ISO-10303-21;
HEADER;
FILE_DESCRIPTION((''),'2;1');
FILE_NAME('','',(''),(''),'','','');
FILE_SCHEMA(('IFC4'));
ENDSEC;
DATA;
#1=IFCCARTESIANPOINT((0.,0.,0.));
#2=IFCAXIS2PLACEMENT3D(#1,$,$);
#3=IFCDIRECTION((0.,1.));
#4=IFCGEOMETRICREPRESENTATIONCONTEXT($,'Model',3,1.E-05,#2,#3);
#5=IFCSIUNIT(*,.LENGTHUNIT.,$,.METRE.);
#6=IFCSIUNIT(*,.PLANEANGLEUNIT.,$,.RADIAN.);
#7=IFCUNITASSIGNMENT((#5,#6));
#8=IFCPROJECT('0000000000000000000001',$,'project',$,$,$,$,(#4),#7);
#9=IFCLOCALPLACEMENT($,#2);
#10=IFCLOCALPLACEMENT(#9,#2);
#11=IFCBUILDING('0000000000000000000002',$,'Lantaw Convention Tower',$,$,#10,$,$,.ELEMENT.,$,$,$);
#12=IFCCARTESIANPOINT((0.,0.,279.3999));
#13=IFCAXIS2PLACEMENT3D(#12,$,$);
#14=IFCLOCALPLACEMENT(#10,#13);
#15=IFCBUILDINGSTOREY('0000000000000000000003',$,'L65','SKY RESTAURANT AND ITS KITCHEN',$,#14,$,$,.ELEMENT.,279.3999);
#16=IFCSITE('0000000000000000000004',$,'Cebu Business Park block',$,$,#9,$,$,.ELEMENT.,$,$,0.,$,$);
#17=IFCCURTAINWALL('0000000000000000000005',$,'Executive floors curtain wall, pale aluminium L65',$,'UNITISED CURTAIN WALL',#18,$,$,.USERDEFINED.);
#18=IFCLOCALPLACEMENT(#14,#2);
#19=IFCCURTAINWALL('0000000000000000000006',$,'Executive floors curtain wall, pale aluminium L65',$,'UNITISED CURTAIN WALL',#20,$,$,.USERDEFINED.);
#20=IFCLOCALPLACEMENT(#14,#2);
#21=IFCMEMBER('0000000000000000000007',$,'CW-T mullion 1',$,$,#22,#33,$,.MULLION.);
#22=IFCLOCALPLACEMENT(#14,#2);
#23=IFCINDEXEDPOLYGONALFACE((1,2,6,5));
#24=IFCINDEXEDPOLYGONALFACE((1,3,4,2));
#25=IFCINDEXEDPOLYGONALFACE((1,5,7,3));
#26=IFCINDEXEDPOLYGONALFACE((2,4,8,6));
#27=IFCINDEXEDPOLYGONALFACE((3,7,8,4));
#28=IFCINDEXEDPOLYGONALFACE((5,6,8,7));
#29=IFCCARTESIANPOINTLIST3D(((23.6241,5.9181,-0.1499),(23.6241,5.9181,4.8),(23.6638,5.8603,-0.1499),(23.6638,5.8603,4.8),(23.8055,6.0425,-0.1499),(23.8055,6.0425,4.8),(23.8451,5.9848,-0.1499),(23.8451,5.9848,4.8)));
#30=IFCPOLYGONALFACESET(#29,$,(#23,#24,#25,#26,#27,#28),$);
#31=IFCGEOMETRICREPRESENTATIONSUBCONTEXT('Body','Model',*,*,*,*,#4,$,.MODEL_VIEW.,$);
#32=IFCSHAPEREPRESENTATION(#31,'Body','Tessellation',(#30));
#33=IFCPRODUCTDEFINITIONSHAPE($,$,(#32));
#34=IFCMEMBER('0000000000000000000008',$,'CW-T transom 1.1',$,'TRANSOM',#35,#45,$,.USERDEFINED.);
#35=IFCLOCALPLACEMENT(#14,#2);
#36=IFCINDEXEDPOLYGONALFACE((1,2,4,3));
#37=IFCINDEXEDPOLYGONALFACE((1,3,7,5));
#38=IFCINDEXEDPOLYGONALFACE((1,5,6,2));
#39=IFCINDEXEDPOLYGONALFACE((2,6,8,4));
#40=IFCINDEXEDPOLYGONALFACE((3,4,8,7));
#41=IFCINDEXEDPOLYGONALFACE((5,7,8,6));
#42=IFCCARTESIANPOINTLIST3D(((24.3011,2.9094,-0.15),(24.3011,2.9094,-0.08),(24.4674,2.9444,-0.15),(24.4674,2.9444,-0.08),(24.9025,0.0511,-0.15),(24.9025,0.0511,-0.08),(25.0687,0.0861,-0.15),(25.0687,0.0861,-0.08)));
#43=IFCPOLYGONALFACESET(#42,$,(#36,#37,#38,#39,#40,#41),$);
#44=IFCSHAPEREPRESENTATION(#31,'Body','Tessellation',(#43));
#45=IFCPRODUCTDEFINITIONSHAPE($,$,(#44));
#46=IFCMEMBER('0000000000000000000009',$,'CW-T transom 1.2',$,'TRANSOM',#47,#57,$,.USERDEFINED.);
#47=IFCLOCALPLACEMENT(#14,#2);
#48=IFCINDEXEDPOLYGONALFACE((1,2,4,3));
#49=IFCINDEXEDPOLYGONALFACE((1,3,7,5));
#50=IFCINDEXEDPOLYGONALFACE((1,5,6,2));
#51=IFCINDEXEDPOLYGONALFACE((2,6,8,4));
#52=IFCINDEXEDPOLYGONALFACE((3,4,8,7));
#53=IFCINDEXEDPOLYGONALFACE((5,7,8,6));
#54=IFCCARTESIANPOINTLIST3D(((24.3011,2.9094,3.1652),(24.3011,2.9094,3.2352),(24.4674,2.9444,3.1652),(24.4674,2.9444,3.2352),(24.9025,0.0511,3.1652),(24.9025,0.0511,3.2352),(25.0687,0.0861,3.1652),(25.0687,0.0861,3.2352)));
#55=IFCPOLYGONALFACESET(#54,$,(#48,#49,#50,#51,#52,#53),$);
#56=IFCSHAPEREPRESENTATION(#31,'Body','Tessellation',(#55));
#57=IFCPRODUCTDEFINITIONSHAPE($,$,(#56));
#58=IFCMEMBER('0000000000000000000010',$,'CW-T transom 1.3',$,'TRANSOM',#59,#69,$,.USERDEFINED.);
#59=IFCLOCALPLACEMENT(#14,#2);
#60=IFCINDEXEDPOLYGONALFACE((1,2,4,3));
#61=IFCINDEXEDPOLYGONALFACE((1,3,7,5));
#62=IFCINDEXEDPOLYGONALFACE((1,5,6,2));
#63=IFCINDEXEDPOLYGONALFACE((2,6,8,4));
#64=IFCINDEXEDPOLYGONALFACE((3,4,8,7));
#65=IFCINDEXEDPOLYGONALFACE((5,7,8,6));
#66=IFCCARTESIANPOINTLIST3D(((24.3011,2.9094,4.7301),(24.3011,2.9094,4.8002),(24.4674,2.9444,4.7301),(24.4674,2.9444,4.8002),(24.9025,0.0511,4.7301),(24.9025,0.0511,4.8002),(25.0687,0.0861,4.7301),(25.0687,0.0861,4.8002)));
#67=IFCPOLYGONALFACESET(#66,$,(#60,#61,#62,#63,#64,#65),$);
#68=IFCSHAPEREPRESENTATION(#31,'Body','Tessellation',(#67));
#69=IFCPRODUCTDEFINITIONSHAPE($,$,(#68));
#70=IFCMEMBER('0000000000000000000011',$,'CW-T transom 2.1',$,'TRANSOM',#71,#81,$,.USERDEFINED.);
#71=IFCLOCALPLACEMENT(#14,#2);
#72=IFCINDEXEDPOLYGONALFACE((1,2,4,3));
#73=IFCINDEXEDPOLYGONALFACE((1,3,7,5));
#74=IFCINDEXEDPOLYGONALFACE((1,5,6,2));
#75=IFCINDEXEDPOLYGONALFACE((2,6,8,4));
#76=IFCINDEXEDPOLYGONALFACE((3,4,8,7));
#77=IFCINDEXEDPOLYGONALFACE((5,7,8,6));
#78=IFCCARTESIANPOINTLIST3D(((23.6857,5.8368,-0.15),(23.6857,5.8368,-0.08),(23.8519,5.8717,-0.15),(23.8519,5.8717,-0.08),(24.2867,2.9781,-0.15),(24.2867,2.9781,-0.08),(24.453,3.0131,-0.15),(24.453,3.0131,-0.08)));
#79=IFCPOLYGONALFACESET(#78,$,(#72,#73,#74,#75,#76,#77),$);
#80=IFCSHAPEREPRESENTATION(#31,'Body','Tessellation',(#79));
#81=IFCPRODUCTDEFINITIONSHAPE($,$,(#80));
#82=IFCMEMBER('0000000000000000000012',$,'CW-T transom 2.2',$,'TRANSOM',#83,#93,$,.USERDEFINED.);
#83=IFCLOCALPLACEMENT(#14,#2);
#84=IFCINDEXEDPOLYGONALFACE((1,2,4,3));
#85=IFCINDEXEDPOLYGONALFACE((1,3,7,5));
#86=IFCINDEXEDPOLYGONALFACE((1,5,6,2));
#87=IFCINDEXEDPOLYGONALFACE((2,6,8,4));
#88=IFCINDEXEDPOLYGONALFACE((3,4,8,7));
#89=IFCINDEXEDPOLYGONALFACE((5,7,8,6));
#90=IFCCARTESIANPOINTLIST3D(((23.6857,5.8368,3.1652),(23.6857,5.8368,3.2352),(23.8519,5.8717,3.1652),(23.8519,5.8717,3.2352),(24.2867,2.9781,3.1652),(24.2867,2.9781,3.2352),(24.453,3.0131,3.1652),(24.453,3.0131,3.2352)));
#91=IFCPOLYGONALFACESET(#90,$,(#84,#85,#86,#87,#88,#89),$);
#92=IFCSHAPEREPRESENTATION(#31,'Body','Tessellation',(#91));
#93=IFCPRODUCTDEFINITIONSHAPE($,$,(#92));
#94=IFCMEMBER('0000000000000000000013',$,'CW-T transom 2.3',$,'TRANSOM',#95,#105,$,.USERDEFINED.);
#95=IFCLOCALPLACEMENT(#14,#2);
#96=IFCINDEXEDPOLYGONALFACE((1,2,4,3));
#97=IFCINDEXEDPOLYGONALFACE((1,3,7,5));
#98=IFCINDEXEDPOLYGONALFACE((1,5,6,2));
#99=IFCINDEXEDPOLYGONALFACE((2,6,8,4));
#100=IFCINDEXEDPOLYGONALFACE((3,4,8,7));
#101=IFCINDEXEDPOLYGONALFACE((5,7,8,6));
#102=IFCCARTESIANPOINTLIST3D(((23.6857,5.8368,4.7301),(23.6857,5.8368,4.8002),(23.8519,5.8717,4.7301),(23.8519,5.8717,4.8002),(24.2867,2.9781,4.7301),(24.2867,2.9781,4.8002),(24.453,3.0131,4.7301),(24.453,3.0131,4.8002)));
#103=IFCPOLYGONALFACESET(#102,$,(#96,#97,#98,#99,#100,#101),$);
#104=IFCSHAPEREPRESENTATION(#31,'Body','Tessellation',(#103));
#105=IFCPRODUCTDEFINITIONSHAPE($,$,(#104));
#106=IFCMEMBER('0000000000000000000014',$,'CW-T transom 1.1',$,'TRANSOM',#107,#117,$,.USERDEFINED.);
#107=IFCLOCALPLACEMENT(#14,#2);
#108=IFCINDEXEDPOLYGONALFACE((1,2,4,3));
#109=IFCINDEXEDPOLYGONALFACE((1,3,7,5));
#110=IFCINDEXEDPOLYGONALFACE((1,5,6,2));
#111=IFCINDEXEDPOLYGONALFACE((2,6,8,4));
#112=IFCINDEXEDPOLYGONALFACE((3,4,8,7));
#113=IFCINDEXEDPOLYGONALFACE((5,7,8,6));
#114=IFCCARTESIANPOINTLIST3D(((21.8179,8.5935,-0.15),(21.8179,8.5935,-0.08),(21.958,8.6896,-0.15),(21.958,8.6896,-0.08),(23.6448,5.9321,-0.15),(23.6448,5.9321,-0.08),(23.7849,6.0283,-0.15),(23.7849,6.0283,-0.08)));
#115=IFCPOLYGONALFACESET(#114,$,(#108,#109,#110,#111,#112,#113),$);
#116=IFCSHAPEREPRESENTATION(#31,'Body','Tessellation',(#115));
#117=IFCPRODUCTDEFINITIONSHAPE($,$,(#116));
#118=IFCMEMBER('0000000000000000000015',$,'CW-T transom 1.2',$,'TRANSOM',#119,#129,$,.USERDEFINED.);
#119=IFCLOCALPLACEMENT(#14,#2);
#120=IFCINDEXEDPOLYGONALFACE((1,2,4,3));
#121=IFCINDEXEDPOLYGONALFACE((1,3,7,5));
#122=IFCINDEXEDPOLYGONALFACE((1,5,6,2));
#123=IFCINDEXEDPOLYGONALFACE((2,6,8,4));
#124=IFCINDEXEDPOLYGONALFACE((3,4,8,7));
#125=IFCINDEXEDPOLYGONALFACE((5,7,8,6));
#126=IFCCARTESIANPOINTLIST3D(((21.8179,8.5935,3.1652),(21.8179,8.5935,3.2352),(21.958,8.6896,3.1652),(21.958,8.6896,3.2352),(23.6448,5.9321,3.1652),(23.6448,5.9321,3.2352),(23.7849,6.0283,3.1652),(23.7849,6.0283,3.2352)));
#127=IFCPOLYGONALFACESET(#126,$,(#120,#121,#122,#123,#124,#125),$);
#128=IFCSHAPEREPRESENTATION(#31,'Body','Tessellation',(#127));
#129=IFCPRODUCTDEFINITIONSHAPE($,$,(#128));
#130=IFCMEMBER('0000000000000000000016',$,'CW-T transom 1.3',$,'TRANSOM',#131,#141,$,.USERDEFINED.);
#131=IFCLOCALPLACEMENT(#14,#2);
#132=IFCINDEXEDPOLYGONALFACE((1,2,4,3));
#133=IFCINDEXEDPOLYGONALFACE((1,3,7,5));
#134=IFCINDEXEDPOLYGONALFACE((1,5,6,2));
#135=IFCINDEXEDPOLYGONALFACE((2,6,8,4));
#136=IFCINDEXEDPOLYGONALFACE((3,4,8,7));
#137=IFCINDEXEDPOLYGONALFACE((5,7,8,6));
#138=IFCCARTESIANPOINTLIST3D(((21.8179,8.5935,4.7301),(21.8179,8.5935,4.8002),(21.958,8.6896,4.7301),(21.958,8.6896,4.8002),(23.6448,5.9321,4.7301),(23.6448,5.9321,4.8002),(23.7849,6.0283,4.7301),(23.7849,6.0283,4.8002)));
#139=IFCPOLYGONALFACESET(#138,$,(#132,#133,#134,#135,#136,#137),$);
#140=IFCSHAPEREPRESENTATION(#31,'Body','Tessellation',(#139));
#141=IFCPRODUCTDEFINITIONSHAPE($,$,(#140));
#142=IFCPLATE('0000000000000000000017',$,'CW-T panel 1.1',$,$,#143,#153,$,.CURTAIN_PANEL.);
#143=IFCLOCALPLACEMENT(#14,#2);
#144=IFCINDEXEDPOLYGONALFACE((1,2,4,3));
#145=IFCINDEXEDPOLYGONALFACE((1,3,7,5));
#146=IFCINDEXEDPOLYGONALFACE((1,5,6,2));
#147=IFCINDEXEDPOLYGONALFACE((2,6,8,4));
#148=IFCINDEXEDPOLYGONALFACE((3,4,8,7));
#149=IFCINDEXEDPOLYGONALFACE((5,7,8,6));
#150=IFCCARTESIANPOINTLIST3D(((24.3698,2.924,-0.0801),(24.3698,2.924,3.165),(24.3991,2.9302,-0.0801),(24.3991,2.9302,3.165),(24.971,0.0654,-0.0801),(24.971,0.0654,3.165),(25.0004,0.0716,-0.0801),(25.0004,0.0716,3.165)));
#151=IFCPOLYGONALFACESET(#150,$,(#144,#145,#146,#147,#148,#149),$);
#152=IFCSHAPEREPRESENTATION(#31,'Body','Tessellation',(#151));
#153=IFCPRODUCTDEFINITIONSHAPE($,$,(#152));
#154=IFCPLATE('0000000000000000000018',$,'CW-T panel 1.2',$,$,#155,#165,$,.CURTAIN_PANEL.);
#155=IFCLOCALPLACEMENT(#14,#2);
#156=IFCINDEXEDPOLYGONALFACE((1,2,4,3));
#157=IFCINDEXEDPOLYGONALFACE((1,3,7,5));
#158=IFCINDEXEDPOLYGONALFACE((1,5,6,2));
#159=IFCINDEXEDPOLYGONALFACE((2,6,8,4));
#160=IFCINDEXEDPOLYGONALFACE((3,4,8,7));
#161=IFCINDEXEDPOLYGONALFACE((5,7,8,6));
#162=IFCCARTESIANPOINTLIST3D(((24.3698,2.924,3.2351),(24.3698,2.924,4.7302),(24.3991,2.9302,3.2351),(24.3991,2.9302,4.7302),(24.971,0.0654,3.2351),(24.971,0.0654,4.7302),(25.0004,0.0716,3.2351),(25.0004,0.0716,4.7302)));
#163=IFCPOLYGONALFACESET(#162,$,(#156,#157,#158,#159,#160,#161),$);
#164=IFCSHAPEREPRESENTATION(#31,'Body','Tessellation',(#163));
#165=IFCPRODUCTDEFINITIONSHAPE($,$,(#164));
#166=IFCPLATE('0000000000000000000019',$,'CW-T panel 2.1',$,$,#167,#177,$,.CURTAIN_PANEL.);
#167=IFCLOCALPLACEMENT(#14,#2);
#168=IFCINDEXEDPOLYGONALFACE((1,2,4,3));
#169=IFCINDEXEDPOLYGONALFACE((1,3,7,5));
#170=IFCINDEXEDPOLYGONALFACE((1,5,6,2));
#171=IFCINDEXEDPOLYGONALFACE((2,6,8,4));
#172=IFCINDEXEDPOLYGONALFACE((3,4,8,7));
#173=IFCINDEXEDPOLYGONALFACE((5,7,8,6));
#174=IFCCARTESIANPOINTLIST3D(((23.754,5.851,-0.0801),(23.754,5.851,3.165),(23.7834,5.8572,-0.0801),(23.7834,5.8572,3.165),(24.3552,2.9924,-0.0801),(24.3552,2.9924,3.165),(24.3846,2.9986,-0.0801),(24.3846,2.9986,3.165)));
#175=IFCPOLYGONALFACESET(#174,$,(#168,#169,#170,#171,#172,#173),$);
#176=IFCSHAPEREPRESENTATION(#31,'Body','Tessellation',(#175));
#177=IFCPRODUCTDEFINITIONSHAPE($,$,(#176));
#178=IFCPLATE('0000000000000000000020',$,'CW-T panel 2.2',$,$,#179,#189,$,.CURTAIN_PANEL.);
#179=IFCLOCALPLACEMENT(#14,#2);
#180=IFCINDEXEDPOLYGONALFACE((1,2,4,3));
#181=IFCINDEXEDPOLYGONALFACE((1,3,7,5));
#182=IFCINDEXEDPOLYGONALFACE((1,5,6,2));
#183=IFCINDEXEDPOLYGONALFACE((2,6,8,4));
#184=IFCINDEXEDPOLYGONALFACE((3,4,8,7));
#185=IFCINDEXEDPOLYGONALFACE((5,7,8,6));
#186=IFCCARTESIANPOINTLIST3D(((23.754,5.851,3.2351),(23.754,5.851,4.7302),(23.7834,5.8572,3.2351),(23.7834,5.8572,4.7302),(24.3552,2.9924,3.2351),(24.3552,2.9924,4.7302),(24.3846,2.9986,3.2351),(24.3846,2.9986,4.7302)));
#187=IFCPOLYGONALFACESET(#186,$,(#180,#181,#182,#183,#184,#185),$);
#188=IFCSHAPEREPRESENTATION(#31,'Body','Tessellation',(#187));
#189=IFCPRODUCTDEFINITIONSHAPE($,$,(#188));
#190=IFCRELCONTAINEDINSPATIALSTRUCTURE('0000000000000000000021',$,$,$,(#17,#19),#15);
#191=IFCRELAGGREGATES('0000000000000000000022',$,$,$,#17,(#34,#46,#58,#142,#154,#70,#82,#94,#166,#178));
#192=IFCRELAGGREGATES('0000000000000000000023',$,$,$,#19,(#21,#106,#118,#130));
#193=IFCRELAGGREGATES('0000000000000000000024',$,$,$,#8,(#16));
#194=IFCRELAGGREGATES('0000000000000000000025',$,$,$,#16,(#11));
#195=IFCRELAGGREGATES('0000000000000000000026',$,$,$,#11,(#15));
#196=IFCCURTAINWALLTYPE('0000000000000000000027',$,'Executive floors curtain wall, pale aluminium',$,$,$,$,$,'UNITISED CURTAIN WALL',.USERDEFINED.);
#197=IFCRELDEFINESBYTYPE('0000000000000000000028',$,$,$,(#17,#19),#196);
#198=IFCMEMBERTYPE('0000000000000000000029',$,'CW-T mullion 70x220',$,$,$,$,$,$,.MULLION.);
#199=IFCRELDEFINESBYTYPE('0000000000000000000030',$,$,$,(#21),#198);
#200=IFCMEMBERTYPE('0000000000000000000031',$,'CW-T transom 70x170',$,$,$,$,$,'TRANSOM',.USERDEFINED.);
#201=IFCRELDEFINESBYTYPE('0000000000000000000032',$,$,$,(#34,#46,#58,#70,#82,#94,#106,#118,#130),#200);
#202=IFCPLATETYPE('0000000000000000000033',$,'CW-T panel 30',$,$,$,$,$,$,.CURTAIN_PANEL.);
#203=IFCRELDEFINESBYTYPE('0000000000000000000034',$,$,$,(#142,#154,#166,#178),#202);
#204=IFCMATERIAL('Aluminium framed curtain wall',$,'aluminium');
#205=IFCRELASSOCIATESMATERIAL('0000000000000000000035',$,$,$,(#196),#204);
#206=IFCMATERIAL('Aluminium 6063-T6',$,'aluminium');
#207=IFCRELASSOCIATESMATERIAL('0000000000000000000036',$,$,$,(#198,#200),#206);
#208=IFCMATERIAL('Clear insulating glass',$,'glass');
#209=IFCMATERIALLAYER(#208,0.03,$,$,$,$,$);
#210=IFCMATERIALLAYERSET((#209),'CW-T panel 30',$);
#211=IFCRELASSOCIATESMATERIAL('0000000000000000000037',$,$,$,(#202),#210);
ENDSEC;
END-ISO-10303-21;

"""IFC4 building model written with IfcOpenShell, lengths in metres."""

from ifc_helpers import new_model, si_unit, direction, frame, origin, origin_2d, place, context, subcontext, project, spatial, rectangle, extrude, material, layer, layer_set, material_profile, profile_set, type_object, element, aggregate, save


model = new_model("IFC4")

# Units and contexts
model_context = context("Model", 3, precision=1e-05, world=origin(), true_north=direction((0.0, 1.0)))
body_context = subcontext(model_context, "Body", "Model", "MODEL_VIEW")
ifc_project = project(units=[si_unit("LENGTHUNIT", "METRE"), si_unit("PLANEANGLEUNIT", "RADIAN")], contexts=[model_context])

# Site, building, storey
site_placement = place(None, origin())
site = spatial("IfcSite", under=ifc_project, at=site_placement, Name="Cebu Business Park block", CompositionType="ELEMENT", RefElevation=0.0)
building_placement = place(site_placement, origin())
building = spatial("IfcBuilding", under=site, at=building_placement, Name="Lantaw Convention Tower", CompositionType="ELEMENT")
storey_placement = place(building_placement, frame((0.0, 0.0, 279.3999)))
storey = spatial("IfcBuildingStorey", under=building, at=storey_placement, Name="L65", Description="SKY RESTAURANT AND ITS KITCHEN", CompositionType="ELEMENT", Elevation=279.3999)

# Curtain wall
ifc_material_1 = material(Name="Aluminium framed curtain wall", Category="aluminium")
curtain_wall_type = type_object("IfcCurtainWallType", Name="Executive floors curtain wall, pale aluminium", ElementType="UNITISED CURTAIN WALL", PredefinedType="USERDEFINED", material=ifc_material_1)
curtain_wall_1_placement = place(storey_placement, origin())
curtain_wall_1 = element("IfcCurtainWall", 1, at=curtain_wall_1_placement, inside=storey, type_object=curtain_wall_type, Name="Executive floors curtain wall, pale aluminium L65", ObjectType="UNITISED CURTAIN WALL", PredefinedType="USERDEFINED")
ifc_material_2 = material(Name="Aluminium 6063-T6", Category="aluminium")
ifc_material_profile_1 = material_profile(ifc_material_2, rectangle(XDim=0.22, YDim=0.0701, at=origin_2d()), Name="CW-T mullion 70x220")
ifc_profile_set_1 = profile_set([ifc_material_profile_1], Name="Aluminium 6063-T6")
member_type_1 = type_object("IfcMemberType", Name="CW-T mullion 70x220", PredefinedType="MULLION", material=ifc_profile_set_1)

# Curtain wall, member
curtain_wall_2_placement = place(storey_placement, origin())
curtain_wall_2 = element("IfcCurtainWall", 2, at=curtain_wall_2_placement, inside=storey, type_object=curtain_wall_type, Name="Executive floors curtain wall, pale aluminium L65", ObjectType="UNITISED CURTAIN WALL", PredefinedType="USERDEFINED")
member_1_placement = place(storey_placement, frame((23.7346, 5.9514, -0.1499), z_axis=(0.0, 0.0, 1.0), x_axis=(-0.82445, -0.565935, 0.0)))
member_1 = element("IfcMember", 3, at=member_1_placement, type_object=member_type_1, Name="CW-T mullion 1", PredefinedType="MULLION", context=body_context, shape_type="SweptSolid", body=[
    extrude(rectangle(XDim=0.22, YDim=0.0701, at=origin_2d()), origin(), (0.0, 0.0, 1.0), 4.95),
])

# Members
ifc_material_profile_2 = material_profile(ifc_material_2, rectangle(XDim=0.1699, YDim=0.0701, at=origin_2d()), Name="CW-T transom 70x170")
ifc_profile_set_2 = profile_set([ifc_material_profile_2], Name="Aluminium 6063-T6")
member_type_2 = type_object("IfcMemberType", Name="CW-T transom 70x170", ElementType="TRANSOM", PredefinedType="USERDEFINED", material=ifc_profile_set_2)
member_2_placement = place(storey_placement, frame((24.9856, 0.0686, -0.115), z_axis=(-0.205863, 0.978581, 0.0), x_axis=(-0.978581, -0.205863, 0.0)))
member_2 = element("IfcMember", 4, at=member_2_placement, type_object=member_type_2, Name="CW-T transom 1.1", ObjectType="TRANSOM", PredefinedType="USERDEFINED", context=body_context, shape_type="SweptSolid", body=[
    extrude(rectangle(XDim=0.1699, YDim=0.0701, at=origin_2d()), origin(), (0.0, 0.0, 1.0), 2.9209),
])
member_3_placement = place(storey_placement, frame((24.9856, 0.0686, 3.2002), z_axis=(-0.205863, 0.978581, 0.0), x_axis=(-0.978581, -0.205863, 0.0)))
member_3 = element("IfcMember", 5, at=member_3_placement, type_object=member_type_2, Name="CW-T transom 1.2", ObjectType="TRANSOM", PredefinedType="USERDEFINED", context=body_context, shape_type="SweptSolid", body=[
    extrude(rectangle(XDim=0.1699, YDim=0.0701, at=origin_2d()), origin(), (0.0, 0.0, 1.0), 2.9209),
])
member_4_placement = place(storey_placement, frame((24.9856, 0.0686, 4.7651), z_axis=(-0.205863, 0.978581, 0.0), x_axis=(-0.978581, -0.205863, 0.0)))
member_4 = element("IfcMember", 6, at=member_4_placement, type_object=member_type_2, Name="CW-T transom 1.3", ObjectType="TRANSOM", PredefinedType="USERDEFINED", context=body_context, shape_type="SweptSolid", body=[
    extrude(rectangle(XDim=0.1699, YDim=0.0701, at=origin_2d()), origin(), (0.0, 0.0, 1.0), 2.9209),
])
member_5_placement = place(storey_placement, frame((24.3699, 2.9956, -0.115), z_axis=(-0.205766, 0.978601, 0.0), x_axis=(-0.978601, -0.205766, 0.0)))
member_5 = element("IfcMember", 7, at=member_5_placement, type_object=member_type_2, Name="CW-T transom 2.1", ObjectType="TRANSOM", PredefinedType="USERDEFINED", context=body_context, shape_type="SweptSolid", body=[
    extrude(rectangle(XDim=0.1699, YDim=0.0701, at=origin_2d()), origin(), (0.0, 0.0, 1.0), 2.9211),
])
member_6_placement = place(storey_placement, frame((24.3699, 2.9956, 3.2002), z_axis=(-0.205766, 0.978601, 0.0), x_axis=(-0.978601, -0.205766, 0.0)))
member_6 = element("IfcMember", 8, at=member_6_placement, type_object=member_type_2, Name="CW-T transom 2.2", ObjectType="TRANSOM", PredefinedType="USERDEFINED", context=body_context, shape_type="SweptSolid", body=[
    extrude(rectangle(XDim=0.1699, YDim=0.0701, at=origin_2d()), origin(), (0.0, 0.0, 1.0), 2.9211),
])
member_7_placement = place(storey_placement, frame((24.3699, 2.9956, 4.7651), z_axis=(-0.205766, 0.978601, 0.0), x_axis=(-0.978601, -0.205766, 0.0)))
member_7 = element("IfcMember", 9, at=member_7_placement, type_object=member_type_2, Name="CW-T transom 2.3", ObjectType="TRANSOM", PredefinedType="USERDEFINED", context=body_context, shape_type="SweptSolid", body=[
    extrude(rectangle(XDim=0.1699, YDim=0.0701, at=origin_2d()), origin(), (0.0, 0.0, 1.0), 2.9211),
])
member_8_placement = place(storey_placement, frame((23.7148, 5.9802, -0.115), z_axis=(-0.565941, 0.824446, 0.0), x_axis=(-0.824446, -0.565941, 0.0)))
member_8 = element("IfcMember", 10, at=member_8_placement, type_object=member_type_2, Name="CW-T transom 1.1", ObjectType="TRANSOM", PredefinedType="USERDEFINED", context=body_context, shape_type="SweptSolid", body=[
    extrude(rectangle(XDim=0.1699, YDim=0.0701, at=origin_2d()), origin(), (0.0, 0.0, 1.0), 3.228),
])
member_9_placement = place(storey_placement, frame((23.7148, 5.9802, 3.2002), z_axis=(-0.565941, 0.824446, 0.0), x_axis=(-0.824446, -0.565941, 0.0)))
member_9 = element("IfcMember", 11, at=member_9_placement, type_object=member_type_2, Name="CW-T transom 1.2", ObjectType="TRANSOM", PredefinedType="USERDEFINED", context=body_context, shape_type="SweptSolid", body=[
    extrude(rectangle(XDim=0.1699, YDim=0.0701, at=origin_2d()), origin(), (0.0, 0.0, 1.0), 3.228),
])
member_10_placement = place(storey_placement, frame((23.7148, 5.9802, 4.7651), z_axis=(-0.565941, 0.824446, 0.0), x_axis=(-0.824446, -0.565941, 0.0)))
member_10 = element("IfcMember", 12, at=member_10_placement, type_object=member_type_2, Name="CW-T transom 1.3", ObjectType="TRANSOM", PredefinedType="USERDEFINED", context=body_context, shape_type="SweptSolid", body=[
    extrude(rectangle(XDim=0.1699, YDim=0.0701, at=origin_2d()), origin(), (0.0, 0.0, 1.0), 3.228),
])

# Plates
ifc_material_3 = material(Name="Clear insulating glass", Category="glass")
ifc_layer_1 = layer(ifc_material_3, 0.03)
ifc_layer_set_1 = layer_set([ifc_layer_1], Name="CW-T panel 30")
plate_type_1 = type_object("IfcPlateType", Name="CW-T panel 30", PredefinedType="CURTAIN_PANEL", material=ifc_layer_set_1)
plate_1_placement = place(storey_placement, frame((24.6851, 1.4978, -0.0801), z_axis=(0.0, 0.0, 1.0), x_axis=(-0.205814, 0.978591, 0.0)))
plate_1 = element("IfcPlate", 13, at=plate_1_placement, type_object=plate_type_1, Name="CW-T panel 1.1", PredefinedType="CURTAIN_PANEL", context=body_context, shape_type="SweptSolid", body=[
    extrude(rectangle(XDim=2.9211, YDim=0.03, at=origin_2d()), origin(), (0.0, 0.0, 1.0), 3.2451),
])
plate_2_placement = place(storey_placement, frame((24.6851, 1.4978, 3.2351), z_axis=(0.0, 0.0, 1.0), x_axis=(-0.205814, 0.978591, 0.0)))
plate_2 = element("IfcPlate", 14, at=plate_2_placement, type_object=plate_type_1, Name="CW-T panel 1.2", PredefinedType="CURTAIN_PANEL", context=body_context, shape_type="SweptSolid", body=[
    extrude(rectangle(XDim=2.9211, YDim=0.03, at=origin_2d()), origin(), (0.0, 0.0, 1.0), 1.4951),
])
plate_3_placement = place(storey_placement, frame((24.0693, 4.4248, -0.0801), z_axis=(0.0, 0.0, 1.0), x_axis=(-0.205814, 0.978591, 0.0)))
plate_3 = element("IfcPlate", 15, at=plate_3_placement, type_object=plate_type_1, Name="CW-T panel 2.1", PredefinedType="CURTAIN_PANEL", context=body_context, shape_type="SweptSolid", body=[
    extrude(rectangle(XDim=2.9211, YDim=0.03, at=origin_2d()), origin(), (0.0, 0.0, 1.0), 3.2451),
])
plate_4_placement = place(storey_placement, frame((24.0693, 4.4248, 3.2351), z_axis=(0.0, 0.0, 1.0), x_axis=(-0.205814, 0.978591, 0.0)))
plate_4 = element("IfcPlate", 16, at=plate_4_placement, type_object=plate_type_1, Name="CW-T panel 2.2", PredefinedType="CURTAIN_PANEL", context=body_context, shape_type="SweptSolid", body=[
    extrude(rectangle(XDim=2.9211, YDim=0.03, at=origin_2d()), origin(), (0.0, 0.0, 1.0), 1.4951),
])
aggregate(curtain_wall_1, [member_2, member_3, member_4, plate_1, plate_2, member_5, member_6, member_7, plate_3, plate_4])
aggregate(curtain_wall_2, [member_1, member_8, member_9, member_10])

save(model, "model.ifc")
